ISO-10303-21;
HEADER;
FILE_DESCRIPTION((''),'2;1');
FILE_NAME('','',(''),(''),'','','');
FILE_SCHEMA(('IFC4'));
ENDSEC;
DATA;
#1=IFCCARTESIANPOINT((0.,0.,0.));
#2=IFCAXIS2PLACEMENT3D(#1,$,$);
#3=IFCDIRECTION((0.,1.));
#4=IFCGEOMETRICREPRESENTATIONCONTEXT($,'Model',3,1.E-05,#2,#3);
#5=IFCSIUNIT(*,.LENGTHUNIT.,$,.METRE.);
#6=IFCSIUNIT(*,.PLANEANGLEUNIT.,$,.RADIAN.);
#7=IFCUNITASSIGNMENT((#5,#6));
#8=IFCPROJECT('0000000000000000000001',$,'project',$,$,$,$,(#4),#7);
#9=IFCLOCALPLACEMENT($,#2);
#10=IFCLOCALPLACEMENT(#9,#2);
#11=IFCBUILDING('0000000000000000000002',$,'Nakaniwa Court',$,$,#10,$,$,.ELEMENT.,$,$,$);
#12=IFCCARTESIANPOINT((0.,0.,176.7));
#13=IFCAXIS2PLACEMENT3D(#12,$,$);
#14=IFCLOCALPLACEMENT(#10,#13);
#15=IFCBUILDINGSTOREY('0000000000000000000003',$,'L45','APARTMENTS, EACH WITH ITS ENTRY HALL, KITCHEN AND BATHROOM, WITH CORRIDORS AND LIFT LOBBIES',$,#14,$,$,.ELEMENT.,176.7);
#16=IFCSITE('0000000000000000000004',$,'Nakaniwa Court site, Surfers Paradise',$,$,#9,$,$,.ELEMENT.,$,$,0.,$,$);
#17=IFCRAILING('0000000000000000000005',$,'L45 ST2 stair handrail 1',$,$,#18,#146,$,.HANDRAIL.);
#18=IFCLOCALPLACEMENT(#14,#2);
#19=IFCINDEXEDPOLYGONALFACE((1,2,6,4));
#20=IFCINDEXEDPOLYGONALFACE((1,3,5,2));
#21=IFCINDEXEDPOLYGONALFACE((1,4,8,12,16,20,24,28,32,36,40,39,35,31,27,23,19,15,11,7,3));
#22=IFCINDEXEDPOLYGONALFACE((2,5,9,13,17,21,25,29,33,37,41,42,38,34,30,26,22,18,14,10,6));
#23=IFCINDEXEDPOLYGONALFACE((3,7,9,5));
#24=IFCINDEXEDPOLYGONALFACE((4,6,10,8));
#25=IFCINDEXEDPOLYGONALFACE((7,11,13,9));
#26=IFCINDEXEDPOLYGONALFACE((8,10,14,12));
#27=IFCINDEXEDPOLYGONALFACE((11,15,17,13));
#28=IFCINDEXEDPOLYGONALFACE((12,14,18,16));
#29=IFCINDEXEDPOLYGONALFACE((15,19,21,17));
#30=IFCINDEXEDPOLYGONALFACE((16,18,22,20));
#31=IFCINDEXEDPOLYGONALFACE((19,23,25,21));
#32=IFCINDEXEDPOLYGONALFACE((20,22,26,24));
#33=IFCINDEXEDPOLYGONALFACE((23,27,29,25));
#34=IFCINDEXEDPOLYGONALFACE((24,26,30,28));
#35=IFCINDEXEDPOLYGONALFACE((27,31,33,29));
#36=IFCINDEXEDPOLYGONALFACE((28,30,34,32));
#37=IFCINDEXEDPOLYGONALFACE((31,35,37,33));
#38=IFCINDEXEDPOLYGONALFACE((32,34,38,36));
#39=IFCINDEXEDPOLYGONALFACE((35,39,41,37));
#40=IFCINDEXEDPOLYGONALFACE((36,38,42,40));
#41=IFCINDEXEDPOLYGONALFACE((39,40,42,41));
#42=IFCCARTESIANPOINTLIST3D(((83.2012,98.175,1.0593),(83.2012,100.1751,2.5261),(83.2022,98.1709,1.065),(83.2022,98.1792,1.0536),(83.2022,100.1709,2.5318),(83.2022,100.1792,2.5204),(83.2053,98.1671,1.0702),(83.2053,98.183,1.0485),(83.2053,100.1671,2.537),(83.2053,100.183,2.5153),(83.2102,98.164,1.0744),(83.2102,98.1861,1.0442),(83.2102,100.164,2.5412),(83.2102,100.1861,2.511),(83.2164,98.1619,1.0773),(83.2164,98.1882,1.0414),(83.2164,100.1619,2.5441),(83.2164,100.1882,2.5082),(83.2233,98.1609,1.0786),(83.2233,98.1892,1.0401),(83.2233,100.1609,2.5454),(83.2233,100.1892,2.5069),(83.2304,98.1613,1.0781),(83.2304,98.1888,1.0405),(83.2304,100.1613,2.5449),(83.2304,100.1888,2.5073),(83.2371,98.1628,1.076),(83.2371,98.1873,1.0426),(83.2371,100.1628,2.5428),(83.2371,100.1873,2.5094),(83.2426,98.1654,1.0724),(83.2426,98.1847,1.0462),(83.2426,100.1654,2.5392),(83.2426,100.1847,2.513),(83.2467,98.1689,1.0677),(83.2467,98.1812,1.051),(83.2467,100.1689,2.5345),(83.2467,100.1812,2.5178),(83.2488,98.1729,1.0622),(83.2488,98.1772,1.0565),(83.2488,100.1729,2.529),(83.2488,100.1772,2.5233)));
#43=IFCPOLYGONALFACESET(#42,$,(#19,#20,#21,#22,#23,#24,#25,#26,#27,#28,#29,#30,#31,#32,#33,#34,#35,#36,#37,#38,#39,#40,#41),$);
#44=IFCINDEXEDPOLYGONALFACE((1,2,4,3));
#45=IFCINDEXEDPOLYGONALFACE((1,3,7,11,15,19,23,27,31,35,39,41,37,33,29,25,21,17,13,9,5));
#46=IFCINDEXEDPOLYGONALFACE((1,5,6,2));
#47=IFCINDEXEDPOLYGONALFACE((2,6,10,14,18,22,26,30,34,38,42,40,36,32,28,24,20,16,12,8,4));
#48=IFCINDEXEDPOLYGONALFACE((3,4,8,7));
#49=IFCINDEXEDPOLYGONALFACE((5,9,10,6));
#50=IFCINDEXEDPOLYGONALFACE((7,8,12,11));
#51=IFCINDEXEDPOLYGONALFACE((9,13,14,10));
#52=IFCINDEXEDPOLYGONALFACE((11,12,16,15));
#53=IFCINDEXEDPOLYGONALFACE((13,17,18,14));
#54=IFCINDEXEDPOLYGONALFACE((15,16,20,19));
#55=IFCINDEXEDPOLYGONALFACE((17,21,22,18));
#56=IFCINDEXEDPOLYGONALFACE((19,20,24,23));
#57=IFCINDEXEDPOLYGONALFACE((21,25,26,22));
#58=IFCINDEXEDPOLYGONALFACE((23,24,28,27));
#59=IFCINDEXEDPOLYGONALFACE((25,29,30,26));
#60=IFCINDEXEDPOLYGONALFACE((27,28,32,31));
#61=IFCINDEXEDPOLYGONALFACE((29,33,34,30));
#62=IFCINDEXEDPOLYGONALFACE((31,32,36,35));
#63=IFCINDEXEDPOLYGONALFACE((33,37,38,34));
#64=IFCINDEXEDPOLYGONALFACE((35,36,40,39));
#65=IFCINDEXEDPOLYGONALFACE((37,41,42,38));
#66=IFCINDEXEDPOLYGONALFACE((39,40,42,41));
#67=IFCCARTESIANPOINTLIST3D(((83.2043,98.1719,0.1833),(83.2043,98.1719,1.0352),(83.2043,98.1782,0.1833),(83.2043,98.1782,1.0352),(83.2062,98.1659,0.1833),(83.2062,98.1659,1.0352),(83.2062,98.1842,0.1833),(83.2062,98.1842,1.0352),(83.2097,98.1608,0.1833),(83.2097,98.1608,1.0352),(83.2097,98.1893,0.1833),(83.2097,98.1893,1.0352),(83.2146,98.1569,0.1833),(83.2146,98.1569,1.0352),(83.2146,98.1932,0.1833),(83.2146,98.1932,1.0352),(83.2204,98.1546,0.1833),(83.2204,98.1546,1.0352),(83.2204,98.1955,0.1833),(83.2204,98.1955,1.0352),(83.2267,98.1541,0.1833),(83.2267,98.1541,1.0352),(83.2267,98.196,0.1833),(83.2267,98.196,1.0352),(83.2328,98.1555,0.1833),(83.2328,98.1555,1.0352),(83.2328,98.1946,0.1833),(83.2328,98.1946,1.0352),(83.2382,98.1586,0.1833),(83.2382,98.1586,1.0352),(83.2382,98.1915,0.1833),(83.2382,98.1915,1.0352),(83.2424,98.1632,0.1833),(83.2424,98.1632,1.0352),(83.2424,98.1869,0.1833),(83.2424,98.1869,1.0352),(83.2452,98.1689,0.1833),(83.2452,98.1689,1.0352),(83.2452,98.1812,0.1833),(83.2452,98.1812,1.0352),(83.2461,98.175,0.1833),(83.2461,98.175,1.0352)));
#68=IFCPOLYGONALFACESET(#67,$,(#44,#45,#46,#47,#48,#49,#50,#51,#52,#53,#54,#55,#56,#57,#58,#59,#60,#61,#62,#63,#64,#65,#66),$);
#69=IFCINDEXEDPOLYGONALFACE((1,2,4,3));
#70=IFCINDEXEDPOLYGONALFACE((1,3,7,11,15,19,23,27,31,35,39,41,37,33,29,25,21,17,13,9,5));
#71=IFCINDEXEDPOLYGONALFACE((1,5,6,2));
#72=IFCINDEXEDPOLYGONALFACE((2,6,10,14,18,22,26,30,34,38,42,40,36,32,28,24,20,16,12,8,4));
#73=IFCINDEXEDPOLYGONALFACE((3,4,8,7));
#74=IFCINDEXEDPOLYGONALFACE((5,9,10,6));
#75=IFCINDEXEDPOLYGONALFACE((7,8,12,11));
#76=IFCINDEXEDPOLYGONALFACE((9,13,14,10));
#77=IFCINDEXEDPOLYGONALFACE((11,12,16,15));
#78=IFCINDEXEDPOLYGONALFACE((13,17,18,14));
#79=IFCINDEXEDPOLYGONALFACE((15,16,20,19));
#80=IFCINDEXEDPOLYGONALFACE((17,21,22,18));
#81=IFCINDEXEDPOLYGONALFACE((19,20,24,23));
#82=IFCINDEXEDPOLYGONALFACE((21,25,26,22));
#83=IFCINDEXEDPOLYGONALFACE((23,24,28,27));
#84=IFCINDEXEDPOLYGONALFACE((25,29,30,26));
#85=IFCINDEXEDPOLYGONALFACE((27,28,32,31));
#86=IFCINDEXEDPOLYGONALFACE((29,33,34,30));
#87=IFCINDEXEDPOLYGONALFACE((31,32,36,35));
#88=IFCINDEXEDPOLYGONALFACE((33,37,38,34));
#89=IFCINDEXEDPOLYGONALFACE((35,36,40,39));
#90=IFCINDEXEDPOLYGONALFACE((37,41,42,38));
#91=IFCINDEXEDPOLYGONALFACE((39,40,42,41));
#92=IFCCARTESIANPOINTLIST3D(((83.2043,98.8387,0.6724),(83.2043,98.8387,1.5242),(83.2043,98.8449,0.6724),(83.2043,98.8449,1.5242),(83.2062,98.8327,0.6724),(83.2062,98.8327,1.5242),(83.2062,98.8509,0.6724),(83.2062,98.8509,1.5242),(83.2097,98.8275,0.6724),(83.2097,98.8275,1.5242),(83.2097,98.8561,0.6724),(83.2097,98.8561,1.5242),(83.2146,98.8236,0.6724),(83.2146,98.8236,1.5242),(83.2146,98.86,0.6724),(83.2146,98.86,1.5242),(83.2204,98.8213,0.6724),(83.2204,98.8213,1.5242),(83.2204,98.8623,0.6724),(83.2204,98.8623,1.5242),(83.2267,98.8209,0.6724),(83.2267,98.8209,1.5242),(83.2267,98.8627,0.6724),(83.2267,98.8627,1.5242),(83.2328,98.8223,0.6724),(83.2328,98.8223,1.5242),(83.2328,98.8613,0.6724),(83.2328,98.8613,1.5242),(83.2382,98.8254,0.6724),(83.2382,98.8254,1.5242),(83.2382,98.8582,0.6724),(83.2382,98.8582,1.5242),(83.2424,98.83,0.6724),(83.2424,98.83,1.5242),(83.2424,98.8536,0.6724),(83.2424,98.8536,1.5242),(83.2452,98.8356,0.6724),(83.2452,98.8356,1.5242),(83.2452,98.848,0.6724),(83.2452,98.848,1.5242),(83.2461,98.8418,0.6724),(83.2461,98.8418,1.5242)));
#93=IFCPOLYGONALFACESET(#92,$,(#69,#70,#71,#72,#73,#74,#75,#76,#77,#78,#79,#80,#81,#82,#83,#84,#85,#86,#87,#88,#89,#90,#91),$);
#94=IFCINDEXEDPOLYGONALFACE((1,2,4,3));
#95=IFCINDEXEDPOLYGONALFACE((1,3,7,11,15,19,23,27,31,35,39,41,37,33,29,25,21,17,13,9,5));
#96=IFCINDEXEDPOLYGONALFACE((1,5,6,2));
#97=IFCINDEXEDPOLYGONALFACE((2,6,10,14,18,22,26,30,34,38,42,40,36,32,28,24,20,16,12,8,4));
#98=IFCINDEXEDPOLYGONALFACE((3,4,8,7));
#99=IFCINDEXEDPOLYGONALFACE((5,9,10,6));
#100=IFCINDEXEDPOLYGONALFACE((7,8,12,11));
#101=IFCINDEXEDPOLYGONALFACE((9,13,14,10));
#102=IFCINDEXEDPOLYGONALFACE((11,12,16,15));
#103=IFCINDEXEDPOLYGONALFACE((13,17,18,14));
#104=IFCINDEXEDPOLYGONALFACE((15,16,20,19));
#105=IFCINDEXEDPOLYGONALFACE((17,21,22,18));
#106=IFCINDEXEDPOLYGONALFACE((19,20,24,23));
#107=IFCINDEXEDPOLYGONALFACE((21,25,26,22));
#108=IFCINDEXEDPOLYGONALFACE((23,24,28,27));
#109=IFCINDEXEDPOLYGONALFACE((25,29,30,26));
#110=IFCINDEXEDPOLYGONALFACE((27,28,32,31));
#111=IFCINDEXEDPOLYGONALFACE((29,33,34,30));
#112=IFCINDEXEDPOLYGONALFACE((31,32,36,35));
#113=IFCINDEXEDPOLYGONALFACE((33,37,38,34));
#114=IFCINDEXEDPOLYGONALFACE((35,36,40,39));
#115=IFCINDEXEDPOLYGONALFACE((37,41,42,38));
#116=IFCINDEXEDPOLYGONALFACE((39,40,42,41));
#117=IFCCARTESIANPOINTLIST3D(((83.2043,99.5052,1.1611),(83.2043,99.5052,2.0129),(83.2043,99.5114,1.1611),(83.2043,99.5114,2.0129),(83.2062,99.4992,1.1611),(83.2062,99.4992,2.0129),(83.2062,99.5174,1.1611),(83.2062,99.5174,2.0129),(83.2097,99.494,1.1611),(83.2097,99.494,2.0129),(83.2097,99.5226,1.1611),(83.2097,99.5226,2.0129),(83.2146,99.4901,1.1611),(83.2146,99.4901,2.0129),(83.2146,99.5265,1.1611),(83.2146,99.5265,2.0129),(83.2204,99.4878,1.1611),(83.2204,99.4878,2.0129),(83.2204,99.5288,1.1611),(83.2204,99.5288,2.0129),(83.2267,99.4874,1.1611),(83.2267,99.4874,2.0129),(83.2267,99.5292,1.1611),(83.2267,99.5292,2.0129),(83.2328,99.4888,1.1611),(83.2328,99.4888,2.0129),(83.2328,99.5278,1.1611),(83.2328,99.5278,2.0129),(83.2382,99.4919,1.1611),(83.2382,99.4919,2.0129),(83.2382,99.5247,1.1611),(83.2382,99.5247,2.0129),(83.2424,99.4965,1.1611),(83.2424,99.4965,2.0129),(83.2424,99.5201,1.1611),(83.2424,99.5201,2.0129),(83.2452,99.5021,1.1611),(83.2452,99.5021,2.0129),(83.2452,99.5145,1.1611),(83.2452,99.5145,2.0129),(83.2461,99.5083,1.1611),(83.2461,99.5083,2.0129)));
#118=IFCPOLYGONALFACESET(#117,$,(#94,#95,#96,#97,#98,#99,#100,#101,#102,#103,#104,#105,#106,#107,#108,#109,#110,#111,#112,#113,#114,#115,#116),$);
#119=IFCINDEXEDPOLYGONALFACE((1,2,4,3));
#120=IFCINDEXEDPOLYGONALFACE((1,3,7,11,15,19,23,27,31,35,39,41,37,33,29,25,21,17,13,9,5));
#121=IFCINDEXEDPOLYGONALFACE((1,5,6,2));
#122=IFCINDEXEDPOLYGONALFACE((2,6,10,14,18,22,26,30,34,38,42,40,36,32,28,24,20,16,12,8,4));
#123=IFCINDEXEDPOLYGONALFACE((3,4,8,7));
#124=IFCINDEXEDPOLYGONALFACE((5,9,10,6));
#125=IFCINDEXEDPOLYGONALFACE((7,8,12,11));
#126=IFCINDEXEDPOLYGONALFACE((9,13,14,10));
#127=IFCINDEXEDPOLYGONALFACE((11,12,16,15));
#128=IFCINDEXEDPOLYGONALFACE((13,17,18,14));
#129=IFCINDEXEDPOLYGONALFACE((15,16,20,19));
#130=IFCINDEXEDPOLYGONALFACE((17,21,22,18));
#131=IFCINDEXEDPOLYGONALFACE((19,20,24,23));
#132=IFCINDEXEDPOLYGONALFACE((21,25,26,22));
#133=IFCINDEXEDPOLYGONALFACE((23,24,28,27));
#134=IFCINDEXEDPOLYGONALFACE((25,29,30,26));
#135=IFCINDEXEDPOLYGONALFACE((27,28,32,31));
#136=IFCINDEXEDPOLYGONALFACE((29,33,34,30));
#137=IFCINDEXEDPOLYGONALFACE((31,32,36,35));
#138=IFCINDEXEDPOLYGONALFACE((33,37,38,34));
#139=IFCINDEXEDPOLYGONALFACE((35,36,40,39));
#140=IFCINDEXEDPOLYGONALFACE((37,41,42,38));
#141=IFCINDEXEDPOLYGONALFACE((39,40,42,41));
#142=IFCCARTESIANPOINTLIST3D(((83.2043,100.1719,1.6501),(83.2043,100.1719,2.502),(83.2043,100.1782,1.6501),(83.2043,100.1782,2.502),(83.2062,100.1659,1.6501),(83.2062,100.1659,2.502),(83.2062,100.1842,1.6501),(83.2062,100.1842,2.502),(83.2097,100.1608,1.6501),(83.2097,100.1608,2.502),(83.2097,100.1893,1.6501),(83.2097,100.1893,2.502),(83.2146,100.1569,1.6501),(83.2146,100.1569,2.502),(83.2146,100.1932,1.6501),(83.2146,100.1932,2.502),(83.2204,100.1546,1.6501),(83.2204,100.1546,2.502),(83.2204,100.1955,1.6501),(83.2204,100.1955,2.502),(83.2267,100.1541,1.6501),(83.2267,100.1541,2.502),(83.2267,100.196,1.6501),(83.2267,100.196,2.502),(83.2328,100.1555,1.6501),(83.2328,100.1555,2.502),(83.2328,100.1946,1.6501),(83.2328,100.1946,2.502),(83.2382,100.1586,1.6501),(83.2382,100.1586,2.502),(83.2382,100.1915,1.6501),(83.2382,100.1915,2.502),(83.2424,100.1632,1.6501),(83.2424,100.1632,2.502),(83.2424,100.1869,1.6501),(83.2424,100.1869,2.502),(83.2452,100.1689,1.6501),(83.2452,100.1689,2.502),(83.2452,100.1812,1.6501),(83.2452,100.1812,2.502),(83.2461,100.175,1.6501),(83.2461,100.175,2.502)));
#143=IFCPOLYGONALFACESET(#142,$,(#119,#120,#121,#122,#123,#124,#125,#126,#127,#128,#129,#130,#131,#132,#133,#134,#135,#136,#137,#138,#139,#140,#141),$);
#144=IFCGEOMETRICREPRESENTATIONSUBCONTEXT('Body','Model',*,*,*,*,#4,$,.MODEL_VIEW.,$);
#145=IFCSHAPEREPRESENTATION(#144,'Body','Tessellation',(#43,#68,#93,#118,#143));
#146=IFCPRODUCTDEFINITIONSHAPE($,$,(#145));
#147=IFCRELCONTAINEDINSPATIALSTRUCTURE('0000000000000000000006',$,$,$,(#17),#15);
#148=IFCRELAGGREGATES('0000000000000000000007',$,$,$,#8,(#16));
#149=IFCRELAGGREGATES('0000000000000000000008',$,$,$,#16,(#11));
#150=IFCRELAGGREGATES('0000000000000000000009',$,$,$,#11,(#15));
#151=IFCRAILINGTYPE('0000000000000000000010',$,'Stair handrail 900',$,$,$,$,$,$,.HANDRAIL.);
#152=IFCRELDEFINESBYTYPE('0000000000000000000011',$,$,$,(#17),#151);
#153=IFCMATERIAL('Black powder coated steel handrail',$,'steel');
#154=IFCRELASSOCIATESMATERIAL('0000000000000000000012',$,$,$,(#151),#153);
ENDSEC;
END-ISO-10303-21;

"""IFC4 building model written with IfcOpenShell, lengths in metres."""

from ifc_helpers import new_model, si_unit, direction, frame, origin, origin_2d, place, context, subcontext, project, spatial, circle, extrude, material, type_object, element, save


model = new_model("IFC4")

# Units and contexts
model_context = context("Model", 3, precision=1e-05, world=origin(), true_north=direction((0.0, 1.0)))
body_context = subcontext(model_context, "Body", "Model", "MODEL_VIEW")
ifc_project = project(units=[si_unit("LENGTHUNIT", "METRE"), si_unit("PLANEANGLEUNIT", "RADIAN")], contexts=[model_context])

# Site, building, storey
site_placement = place(None, origin())
site = spatial("IfcSite", under=ifc_project, at=site_placement, Name="Nakaniwa Court site, Surfers Paradise", CompositionType="ELEMENT", RefElevation=0.0)
building_placement = place(site_placement, origin())
building = spatial("IfcBuilding", under=site, at=building_placement, Name="Nakaniwa Court", CompositionType="ELEMENT")
storey_placement = place(building_placement, frame((0.0, 0.0, 176.7)))
storey = spatial("IfcBuildingStorey", under=building, at=storey_placement, Name="L45", Description="APARTMENTS, EACH WITH ITS ENTRY HALL, KITCHEN AND BATHROOM, WITH CORRIDORS AND LIFT LOBBIES", CompositionType="ELEMENT", Elevation=176.7)

# Railing
ifc_material_1 = material(Name="Black powder coated steel handrail", Category="steel")
railing_type_1 = type_object("IfcRailingType", Name="Stair handrail 900", PredefinedType="HANDRAIL", material=ifc_material_1)
railing_1_placement = place(storey_placement, frame((83.2251, 98.175, 0.1833)))
element("IfcRailing", 1, at=railing_1_placement, inside=storey, type_object=railing_type_1, Name="L45 ST2 stair handrail 1", PredefinedType="HANDRAIL", context=body_context, shape_type="SweptSolid", body=[
    extrude(circle(Radius=0.0239, at=origin_2d()), frame((0.0, 0.0, 0.876), z_axis=(0.0, 0.80638, 0.591398), x_axis=(-1.0, 0.0, 0.0)), (0.0, 0.0, 1.0), 2.4802),
    extrude(circle(Radius=0.021, at=origin_2d()), origin(), (0.0, 0.0, 1.0), 0.8518),
    extrude(circle(Radius=0.021, at=origin_2d()), frame((0.0, 0.6667, 0.489)), (0.0, 0.0, 1.0), 0.8518),
    extrude(circle(Radius=0.021, at=origin_2d()), frame((0.0, 1.3333, 0.9778)), (0.0, 0.0, 1.0), 0.8518),
    extrude(circle(Radius=0.021, at=origin_2d()), frame((0.0, 2.0, 1.4668)), (0.0, 0.0, 1.0), 0.8518),
])

save(model, "model.ifc")
